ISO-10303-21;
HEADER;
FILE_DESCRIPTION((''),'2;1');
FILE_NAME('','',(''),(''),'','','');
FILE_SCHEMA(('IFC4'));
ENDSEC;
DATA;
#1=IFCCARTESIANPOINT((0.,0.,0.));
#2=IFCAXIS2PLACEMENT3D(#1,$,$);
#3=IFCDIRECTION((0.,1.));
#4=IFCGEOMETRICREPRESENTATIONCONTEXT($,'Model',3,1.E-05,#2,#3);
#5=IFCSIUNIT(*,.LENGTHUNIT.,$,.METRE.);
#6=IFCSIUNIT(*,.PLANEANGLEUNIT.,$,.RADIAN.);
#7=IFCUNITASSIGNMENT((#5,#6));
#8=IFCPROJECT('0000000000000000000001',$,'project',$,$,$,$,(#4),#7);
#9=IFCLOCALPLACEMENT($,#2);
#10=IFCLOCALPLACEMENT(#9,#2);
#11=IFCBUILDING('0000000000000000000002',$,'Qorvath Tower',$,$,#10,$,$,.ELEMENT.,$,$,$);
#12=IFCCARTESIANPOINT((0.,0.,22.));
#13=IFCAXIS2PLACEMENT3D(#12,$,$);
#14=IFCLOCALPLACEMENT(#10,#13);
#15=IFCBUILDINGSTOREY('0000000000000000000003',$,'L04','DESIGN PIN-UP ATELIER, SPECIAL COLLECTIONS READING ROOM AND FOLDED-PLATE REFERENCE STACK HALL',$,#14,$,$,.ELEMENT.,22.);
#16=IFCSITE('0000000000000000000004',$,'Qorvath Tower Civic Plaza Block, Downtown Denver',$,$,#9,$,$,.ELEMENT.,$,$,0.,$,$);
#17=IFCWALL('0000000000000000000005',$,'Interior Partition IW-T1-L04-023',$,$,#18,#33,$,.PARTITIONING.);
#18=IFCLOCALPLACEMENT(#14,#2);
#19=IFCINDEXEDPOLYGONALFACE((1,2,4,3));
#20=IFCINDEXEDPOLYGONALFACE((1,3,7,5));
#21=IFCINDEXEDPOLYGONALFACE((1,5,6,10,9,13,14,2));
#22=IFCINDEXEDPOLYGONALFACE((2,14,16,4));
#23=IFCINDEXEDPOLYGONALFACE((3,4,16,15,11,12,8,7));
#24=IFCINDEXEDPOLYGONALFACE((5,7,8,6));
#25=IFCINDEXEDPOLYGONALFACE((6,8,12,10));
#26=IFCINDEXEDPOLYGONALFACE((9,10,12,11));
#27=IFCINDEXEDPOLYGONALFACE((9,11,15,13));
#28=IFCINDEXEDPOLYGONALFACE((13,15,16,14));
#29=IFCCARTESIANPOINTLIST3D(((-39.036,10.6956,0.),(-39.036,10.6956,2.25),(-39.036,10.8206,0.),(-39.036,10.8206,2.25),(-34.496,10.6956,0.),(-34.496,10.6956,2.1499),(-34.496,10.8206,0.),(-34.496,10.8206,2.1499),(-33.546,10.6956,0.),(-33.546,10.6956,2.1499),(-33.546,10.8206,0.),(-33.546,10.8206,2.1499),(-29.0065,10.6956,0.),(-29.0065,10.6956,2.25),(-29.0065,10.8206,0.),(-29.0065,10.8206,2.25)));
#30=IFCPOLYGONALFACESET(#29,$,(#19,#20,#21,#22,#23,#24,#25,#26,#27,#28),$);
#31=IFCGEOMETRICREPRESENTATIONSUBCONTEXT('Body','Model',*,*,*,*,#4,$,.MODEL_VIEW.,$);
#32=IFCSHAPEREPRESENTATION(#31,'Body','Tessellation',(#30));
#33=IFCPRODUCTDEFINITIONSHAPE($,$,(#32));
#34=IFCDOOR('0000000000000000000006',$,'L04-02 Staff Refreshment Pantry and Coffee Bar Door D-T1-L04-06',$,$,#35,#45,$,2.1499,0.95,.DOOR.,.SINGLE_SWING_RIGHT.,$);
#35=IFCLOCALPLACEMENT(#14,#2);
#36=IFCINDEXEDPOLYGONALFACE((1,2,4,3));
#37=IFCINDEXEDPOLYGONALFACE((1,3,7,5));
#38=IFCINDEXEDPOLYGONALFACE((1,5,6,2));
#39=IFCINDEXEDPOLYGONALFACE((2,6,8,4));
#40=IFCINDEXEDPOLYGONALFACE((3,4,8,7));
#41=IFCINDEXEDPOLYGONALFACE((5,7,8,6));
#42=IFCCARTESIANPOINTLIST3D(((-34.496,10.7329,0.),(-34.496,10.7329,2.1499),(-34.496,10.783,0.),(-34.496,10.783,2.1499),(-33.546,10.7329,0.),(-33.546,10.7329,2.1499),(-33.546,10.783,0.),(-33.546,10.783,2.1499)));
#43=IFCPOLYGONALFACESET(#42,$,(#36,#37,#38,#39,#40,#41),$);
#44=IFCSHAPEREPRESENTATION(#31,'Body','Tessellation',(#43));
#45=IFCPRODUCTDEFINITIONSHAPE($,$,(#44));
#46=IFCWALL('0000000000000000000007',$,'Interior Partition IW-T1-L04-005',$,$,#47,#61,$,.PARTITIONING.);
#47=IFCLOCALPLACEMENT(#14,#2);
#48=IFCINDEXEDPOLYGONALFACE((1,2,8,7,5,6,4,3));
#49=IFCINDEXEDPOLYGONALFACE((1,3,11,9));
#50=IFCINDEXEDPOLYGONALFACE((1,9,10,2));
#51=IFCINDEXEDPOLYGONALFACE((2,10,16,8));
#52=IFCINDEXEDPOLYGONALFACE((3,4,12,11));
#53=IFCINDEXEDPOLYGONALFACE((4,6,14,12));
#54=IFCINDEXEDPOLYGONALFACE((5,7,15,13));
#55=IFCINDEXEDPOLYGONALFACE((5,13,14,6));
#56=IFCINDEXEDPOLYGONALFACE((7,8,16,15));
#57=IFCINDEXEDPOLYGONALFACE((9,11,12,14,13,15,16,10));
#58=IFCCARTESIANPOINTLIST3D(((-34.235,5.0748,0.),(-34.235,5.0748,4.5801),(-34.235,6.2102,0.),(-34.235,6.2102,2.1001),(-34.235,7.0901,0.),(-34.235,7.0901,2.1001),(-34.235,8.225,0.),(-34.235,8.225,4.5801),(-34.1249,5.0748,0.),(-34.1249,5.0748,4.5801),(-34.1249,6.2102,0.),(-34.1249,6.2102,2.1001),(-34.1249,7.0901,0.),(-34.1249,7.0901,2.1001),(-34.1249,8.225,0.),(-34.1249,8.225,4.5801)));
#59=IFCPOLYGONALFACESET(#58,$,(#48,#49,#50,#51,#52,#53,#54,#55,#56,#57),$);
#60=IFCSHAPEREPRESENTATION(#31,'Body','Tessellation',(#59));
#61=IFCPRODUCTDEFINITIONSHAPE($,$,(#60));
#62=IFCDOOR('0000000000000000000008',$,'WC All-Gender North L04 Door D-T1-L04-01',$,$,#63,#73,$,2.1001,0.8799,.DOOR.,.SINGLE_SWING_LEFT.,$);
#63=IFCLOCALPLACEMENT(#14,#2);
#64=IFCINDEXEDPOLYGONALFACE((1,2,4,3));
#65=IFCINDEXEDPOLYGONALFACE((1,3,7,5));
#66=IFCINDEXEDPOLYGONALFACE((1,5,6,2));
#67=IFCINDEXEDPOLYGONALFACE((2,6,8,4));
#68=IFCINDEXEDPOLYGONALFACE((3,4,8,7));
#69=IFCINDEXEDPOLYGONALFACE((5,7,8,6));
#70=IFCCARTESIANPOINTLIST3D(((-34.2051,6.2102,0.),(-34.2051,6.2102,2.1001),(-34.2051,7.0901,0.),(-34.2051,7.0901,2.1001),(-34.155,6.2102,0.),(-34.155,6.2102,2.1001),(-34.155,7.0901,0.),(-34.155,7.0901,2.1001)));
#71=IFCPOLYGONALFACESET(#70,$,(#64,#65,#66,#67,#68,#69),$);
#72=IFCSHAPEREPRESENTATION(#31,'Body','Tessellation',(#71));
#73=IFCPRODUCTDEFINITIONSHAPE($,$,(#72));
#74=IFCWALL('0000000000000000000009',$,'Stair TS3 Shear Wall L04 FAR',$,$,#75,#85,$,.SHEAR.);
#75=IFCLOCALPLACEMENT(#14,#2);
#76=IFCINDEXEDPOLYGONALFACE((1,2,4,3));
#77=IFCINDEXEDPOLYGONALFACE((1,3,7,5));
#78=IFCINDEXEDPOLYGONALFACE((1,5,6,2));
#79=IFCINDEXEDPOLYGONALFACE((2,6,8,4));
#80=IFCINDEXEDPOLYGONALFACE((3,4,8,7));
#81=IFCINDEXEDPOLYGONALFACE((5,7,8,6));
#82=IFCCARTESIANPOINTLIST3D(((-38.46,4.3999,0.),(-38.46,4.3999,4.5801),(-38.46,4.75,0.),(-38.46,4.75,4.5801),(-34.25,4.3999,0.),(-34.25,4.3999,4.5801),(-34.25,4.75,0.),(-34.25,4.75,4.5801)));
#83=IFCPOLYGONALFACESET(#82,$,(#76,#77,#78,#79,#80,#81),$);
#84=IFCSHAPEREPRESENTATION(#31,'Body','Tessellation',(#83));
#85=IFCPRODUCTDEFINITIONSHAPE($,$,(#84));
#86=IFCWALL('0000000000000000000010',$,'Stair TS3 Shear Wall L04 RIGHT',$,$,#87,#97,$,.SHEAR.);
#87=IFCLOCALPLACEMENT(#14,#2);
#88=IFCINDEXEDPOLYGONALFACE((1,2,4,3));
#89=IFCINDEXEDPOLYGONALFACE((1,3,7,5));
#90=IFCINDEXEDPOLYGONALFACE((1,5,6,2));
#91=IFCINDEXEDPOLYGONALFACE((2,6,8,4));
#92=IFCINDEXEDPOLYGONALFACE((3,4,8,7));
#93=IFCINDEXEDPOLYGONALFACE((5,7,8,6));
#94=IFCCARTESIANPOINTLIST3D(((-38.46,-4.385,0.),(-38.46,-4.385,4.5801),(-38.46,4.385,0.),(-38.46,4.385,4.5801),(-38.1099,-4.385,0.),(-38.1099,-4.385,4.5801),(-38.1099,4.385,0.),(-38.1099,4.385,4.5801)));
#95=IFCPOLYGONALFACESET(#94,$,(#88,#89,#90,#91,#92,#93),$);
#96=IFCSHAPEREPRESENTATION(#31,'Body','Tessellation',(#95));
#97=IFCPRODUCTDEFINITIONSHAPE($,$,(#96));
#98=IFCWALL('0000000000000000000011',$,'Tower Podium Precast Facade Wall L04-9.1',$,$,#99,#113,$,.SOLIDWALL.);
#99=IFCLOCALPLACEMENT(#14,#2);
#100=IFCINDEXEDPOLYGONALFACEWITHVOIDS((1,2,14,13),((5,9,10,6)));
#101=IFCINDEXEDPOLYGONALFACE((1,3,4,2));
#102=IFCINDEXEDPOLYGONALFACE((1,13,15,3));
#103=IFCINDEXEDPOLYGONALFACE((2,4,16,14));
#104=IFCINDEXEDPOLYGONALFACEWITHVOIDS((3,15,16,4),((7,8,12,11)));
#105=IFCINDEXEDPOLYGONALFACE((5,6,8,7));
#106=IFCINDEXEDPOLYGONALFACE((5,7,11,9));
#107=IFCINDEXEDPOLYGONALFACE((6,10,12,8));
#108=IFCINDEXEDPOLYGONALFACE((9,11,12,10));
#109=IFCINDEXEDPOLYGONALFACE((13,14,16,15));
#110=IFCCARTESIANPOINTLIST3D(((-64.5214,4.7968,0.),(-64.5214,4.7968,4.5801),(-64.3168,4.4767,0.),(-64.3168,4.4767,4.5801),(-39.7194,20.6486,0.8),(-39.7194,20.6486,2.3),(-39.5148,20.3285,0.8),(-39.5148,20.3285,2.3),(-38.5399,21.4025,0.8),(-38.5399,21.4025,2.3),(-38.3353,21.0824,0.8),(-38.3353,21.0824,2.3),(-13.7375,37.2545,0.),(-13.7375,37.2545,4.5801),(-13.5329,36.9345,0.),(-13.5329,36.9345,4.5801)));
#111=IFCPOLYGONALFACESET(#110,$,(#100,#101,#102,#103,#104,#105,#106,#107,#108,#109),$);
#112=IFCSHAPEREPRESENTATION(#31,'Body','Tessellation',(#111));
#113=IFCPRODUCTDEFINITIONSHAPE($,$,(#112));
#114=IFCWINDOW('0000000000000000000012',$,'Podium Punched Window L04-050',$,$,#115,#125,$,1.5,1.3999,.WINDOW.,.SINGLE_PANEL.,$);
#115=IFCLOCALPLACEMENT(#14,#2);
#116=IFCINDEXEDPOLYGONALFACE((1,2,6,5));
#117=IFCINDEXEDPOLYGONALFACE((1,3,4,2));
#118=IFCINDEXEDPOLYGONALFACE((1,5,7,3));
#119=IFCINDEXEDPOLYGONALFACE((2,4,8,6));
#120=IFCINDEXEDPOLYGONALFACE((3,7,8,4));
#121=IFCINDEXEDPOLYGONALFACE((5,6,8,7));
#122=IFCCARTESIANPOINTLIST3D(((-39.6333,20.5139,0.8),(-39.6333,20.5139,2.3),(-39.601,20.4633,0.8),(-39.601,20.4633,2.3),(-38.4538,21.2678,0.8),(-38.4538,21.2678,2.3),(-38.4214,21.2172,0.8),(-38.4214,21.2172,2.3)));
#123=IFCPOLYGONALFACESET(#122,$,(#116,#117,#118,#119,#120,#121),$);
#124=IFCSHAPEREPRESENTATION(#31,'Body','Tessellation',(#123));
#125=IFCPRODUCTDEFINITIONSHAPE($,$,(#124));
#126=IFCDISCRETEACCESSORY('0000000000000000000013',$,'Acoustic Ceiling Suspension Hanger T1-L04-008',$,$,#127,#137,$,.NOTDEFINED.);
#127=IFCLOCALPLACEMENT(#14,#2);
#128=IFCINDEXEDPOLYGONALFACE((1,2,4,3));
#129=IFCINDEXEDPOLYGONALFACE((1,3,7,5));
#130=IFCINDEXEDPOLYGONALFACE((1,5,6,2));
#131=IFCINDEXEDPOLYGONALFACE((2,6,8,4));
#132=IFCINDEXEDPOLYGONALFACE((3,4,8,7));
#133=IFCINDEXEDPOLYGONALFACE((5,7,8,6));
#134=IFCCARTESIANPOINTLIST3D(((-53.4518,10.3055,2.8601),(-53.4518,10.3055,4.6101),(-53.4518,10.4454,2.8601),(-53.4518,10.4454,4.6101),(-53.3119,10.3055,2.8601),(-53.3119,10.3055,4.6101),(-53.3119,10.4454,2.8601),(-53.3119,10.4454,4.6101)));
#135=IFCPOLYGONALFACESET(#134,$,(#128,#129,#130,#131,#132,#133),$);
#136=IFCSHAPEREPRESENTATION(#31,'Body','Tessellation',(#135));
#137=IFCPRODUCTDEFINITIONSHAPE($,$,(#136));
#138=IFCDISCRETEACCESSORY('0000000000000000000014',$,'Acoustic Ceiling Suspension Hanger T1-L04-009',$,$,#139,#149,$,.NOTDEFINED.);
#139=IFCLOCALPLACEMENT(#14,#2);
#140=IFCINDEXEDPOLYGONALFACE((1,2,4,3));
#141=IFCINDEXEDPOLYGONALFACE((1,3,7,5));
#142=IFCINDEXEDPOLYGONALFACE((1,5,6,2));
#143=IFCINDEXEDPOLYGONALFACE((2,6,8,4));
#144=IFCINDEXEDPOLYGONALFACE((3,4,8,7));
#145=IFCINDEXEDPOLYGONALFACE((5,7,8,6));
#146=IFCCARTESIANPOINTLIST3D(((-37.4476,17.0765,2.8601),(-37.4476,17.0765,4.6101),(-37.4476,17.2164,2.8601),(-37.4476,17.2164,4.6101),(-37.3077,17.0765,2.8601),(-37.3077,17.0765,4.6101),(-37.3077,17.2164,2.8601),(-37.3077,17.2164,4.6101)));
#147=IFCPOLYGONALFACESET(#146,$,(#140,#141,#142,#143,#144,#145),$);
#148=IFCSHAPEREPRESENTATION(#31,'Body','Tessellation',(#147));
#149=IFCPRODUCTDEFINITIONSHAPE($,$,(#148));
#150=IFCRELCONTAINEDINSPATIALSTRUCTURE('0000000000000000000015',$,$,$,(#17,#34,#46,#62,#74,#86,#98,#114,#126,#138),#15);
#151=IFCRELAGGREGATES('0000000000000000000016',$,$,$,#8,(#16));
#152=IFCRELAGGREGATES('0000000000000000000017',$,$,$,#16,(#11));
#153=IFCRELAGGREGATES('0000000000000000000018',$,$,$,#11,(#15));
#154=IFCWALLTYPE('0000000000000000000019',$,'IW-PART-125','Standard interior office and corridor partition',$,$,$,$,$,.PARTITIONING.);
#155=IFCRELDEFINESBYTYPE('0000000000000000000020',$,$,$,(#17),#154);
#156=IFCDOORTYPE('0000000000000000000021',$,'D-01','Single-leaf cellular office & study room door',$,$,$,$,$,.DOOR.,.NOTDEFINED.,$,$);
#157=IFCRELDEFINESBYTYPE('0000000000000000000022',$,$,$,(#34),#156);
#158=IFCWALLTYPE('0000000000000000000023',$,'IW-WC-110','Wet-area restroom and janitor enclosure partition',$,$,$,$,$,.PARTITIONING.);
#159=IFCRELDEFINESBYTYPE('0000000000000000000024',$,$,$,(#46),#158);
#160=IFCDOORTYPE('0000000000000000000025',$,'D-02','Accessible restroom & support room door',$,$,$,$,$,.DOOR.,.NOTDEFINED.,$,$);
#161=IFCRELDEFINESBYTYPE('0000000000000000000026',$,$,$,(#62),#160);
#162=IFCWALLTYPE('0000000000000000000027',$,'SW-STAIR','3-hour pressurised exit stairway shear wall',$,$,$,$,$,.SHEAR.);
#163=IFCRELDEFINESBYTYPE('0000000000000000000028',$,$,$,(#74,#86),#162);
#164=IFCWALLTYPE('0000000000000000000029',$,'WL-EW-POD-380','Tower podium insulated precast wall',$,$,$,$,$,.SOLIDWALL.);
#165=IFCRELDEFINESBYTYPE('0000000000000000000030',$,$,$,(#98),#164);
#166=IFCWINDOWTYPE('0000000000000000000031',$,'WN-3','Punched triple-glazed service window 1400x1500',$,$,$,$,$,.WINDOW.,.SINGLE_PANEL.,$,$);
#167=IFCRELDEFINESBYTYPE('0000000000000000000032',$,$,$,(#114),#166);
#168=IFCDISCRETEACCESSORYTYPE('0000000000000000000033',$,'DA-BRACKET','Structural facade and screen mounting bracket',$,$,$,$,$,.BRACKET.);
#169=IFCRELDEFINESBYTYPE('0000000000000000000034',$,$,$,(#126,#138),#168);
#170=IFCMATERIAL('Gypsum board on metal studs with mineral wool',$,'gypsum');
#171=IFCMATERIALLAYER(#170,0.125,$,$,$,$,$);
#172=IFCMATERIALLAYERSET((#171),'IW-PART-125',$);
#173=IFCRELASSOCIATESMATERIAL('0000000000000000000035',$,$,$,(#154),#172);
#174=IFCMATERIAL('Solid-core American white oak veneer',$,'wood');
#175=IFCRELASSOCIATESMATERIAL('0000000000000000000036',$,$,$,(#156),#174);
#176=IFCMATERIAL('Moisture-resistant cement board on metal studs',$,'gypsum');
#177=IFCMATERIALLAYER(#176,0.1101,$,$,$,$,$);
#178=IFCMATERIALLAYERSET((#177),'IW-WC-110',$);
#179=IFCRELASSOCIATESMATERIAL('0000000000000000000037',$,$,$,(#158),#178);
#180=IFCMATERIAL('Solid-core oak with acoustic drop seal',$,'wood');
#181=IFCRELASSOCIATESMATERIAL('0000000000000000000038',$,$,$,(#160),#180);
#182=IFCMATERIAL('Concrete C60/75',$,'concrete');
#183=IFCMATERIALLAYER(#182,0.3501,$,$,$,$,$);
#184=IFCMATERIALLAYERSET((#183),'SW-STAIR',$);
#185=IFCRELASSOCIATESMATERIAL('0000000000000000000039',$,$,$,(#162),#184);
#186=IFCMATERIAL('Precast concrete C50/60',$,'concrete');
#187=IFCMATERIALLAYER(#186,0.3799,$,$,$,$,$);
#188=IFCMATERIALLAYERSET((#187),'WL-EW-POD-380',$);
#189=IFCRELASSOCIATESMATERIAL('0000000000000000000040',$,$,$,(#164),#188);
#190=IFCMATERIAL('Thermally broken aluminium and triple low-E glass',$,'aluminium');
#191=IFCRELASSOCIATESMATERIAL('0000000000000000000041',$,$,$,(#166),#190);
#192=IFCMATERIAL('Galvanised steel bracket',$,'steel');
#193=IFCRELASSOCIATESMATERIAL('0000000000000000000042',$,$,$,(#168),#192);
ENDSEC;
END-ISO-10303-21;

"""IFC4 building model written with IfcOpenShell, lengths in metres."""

from ifc_helpers import new_model, si_unit, direction, frame, frame_2d, origin, origin_2d, place, context, subcontext, project, spatial, rectangle, extrude, material, layer, layer_set, type_object, element, fill, save


model = new_model("IFC4")

# Units and contexts
model_context = context("Model", 3, precision=1e-05, world=origin(), true_north=direction((0.0, 1.0)))
body_context = subcontext(model_context, "Body", "Model", "MODEL_VIEW")
ifc_project = project(units=[si_unit("LENGTHUNIT", "METRE"), si_unit("PLANEANGLEUNIT", "RADIAN")], contexts=[model_context])

# Site, building, storey
site_placement = place(None, origin())
site = spatial("IfcSite", under=ifc_project, at=site_placement, Name="Qorvath Tower Civic Plaza Block, Downtown Denver", CompositionType="ELEMENT", RefElevation=0.0)
building_placement = place(site_placement, origin())
building = spatial("IfcBuilding", under=site, at=building_placement, Name="Qorvath Tower", CompositionType="ELEMENT")
storey_placement = place(building_placement, frame((0.0, 0.0, 22.0)))
storey = spatial("IfcBuildingStorey", under=building, at=storey_placement, Name="L04", Description="DESIGN PIN-UP ATELIER, SPECIAL COLLECTIONS READING ROOM AND FOLDED-PLATE REFERENCE STACK HALL", CompositionType="ELEMENT", Elevation=22.0)

# Shared definitions
ifc_material_1 = material(Name="Gypsum board on metal studs with mineral wool", Category="gypsum")
ifc_layer_1 = layer(ifc_material_1, 0.125)
ifc_layer_set_1 = layer_set([ifc_layer_1], Name="IW-PART-125")
wall_type_1 = type_object("IfcWallType", Name="IW-PART-125", Description="Standard interior office and corridor partition", PredefinedType="PARTITIONING", material=ifc_layer_set_1)
ifc_material_2 = material(Name="Solid-core American white oak veneer", Category="wood")
door_type_1 = type_object("IfcDoorType", Name="D-01", Description="Single-leaf cellular office & study room door", OperationType="NOTDEFINED", PredefinedType="DOOR", material=ifc_material_2)

# Walls, openings, doors
wall_1_placement = place(storey_placement, frame((-39.0359, 10.7581, 0.0), z_axis=(0.0, 0.0, 1.0), x_axis=(1.0, 0.0, 0.0)))
wall_1 = element("IfcWall", 1, at=wall_1_placement, inside=storey, type_object=wall_type_1, Name="Interior Partition IW-T1-L04-023", PredefinedType="PARTITIONING", context=body_context, shape_type="SweptSolid", body=[
    extrude(rectangle(XDim=10.0295, YDim=0.125, at=frame_2d((5.0146, 0.0))), origin(), (0.0, 0.0, 1.0), 2.25),
])
opening_1_placement = place(wall_1_placement, frame((4.5398, 0.0, 0.0)))
opening_1 = element("IfcOpeningElement", 2, at=opening_1_placement, cuts=wall_1, PredefinedType="OPENING", context=body_context, shape_type="SweptSolid", body=[
    extrude(rectangle(XDim=0.95, YDim=2.1499, at=frame_2d((0.4751, 1.075))), frame((0.0, 0.0725, 0.0), z_axis=(0.0, -1.0, 0.0), x_axis=(1.0, 0.0, 0.0)), (0.0, 0.0, 1.0), 0.145),
])
door_1_placement = place(opening_1_placement, origin())
door_1 = element("IfcDoor", 3, at=door_1_placement, inside=storey, type_object=door_type_1, Name="L04-02 Staff Refreshment Pantry and Coffee Bar Door D-T1-L04-06", OperationType="SINGLE_SWING_RIGHT", OverallHeight=2.1499, OverallWidth=0.95, PredefinedType="DOOR", context=body_context, shape_type="SweptSolid", body=[
    extrude(rectangle(XDim=0.95, YDim=2.1499, at=frame_2d((0.4751, 1.075))), frame((0.0, 0.0249, 0.0), z_axis=(0.0, -1.0, 0.0), x_axis=(1.0, 0.0, 0.0)), (0.0, 0.0, 1.0), 0.05),
])
fill(opening_1, door_1)
ifc_material_3 = material(Name="Moisture-resistant cement board on metal studs", Category="gypsum")
ifc_layer_2 = layer(ifc_material_3, 0.1101)
ifc_layer_set_2 = layer_set([ifc_layer_2], Name="IW-WC-110")
wall_type_2 = type_object("IfcWallType", Name="IW-WC-110", Description="Wet-area restroom and janitor enclosure partition", PredefinedType="PARTITIONING", material=ifc_layer_set_2)
wall_2_placement = place(storey_placement, frame((-34.1799, 8.2251, 0.0), z_axis=(0.0, 0.0, 1.0), x_axis=(0.0, -1.0, 0.0)))
wall_2 = element("IfcWall", 4, at=wall_2_placement, inside=storey, type_object=wall_type_2, Name="Interior Partition IW-T1-L04-005", PredefinedType="PARTITIONING", context=body_context, shape_type="SweptSolid", body=[
    extrude(rectangle(XDim=3.1501, YDim=0.1101, at=frame_2d((1.5752, 0.0))), origin(), (0.0, 0.0, 1.0), 4.5801),
])
opening_2_placement = place(wall_2_placement, frame((1.135, 0.0, 0.0)))
opening_2 = element("IfcOpeningElement", 5, at=opening_2_placement, cuts=wall_2, PredefinedType="OPENING", context=body_context, shape_type="SweptSolid", body=[
    extrude(rectangle(XDim=0.8799, YDim=2.1001, at=frame_2d((0.4399, 1.05))), frame((0.0, 0.0649, 0.0), z_axis=(0.0, -1.0, 0.0), x_axis=(1.0, 0.0, 0.0)), (0.0, 0.0, 1.0), 0.1301),
])
ifc_material_4 = material(Name="Solid-core oak with acoustic drop seal", Category="wood")
door_type_2 = type_object("IfcDoorType", Name="D-02", Description="Accessible restroom & support room door", OperationType="NOTDEFINED", PredefinedType="DOOR", material=ifc_material_4)
door_2_placement = place(opening_2_placement, origin())
door_2 = element("IfcDoor", 6, at=door_2_placement, inside=storey, type_object=door_type_2, Name="WC All-Gender North L04 Door D-T1-L04-01", OperationType="SINGLE_SWING_LEFT", OverallHeight=2.1001, OverallWidth=0.8799, PredefinedType="DOOR", context=body_context, shape_type="SweptSolid", body=[
    extrude(rectangle(XDim=0.8799, YDim=2.1001, at=frame_2d((0.4399, 1.05))), frame((0.0, 0.0249, 0.0), z_axis=(0.0, -1.0, 0.0), x_axis=(1.0, 0.0, 0.0)), (0.0, 0.0, 1.0), 0.05),
])
fill(opening_2, door_2)

# Walls
ifc_material_5 = material(Name="Concrete C60/75", Category="concrete")
ifc_layer_3 = layer(ifc_material_5, 0.3501)
ifc_layer_set_3 = layer_set([ifc_layer_3], Name="SW-STAIR")
wall_type_3 = type_object("IfcWallType", Name="SW-STAIR", Description="3-hour pressurised exit stairway shear wall", PredefinedType="SHEAR", material=ifc_layer_set_3)
wall_3_placement = place(storey_placement, frame((-34.25, 4.575, 0.0), z_axis=(0.0, 0.0, 1.0), x_axis=(-1.0, 0.0, 0.0)))
element("IfcWall", 7, at=wall_3_placement, inside=storey, type_object=wall_type_3, Name="Stair TS3 Shear Wall L04 FAR", PredefinedType="SHEAR", context=body_context, shape_type="SweptSolid", body=[
    extrude(rectangle(XDim=4.21, YDim=0.3501, at=frame_2d((2.105, 0.0))), origin(), (0.0, 0.0, 1.0), 4.5801),
])
wall_4_placement = place(storey_placement, frame((-38.2849, 4.385, 0.0), z_axis=(0.0, 0.0, 1.0), x_axis=(0.0, -1.0, 0.0)))
element("IfcWall", 8, at=wall_4_placement, inside=storey, type_object=wall_type_3, Name="Stair TS3 Shear Wall L04 RIGHT", PredefinedType="SHEAR", context=body_context, shape_type="SweptSolid", body=[
    extrude(rectangle(XDim=8.77, YDim=0.3501, at=frame_2d((4.385, 0.0))), origin(), (0.0, 0.0, 1.0), 4.5801),
])

# Wall, opening, window
ifc_material_6 = material(Name="Precast concrete C50/60", Category="concrete")
ifc_layer_4 = layer(ifc_material_6, 0.3799)
ifc_layer_set_4 = layer_set([ifc_layer_4], Name="WL-EW-POD-380")
wall_type_4 = type_object("IfcWallType", Name="WL-EW-POD-380", Description="Tower podium insulated precast wall", PredefinedType="SOLIDWALL", material=ifc_layer_set_4)
wall_5_placement = place(storey_placement, frame((-64.4192, 4.6367, 0.0), z_axis=(0.0, 0.0, 1.0), x_axis=(0.842602, 0.538536, 0.0)))
wall_5 = element("IfcWall", 9, at=wall_5_placement, inside=storey, type_object=wall_type_4, Name="Tower Podium Precast Facade Wall L04-9.1", PredefinedType="SOLIDWALL", context=body_context, shape_type="SweptSolid", body=[
    extrude(rectangle(XDim=60.2703, YDim=0.3799, at=frame_2d((30.1353, 0.0))), origin(), (0.0, 0.0, 1.0), 4.5801),
])
opening_3_placement = place(wall_5_placement, frame((29.4351, 0.0, 0.8)))
opening_3 = element("IfcOpeningElement", 10, at=opening_3_placement, cuts=wall_5, PredefinedType="OPENING", context=body_context, shape_type="SweptSolid", body=[
    extrude(rectangle(XDim=1.3999, YDim=1.5, at=frame_2d((0.7, 0.75))), frame((0.0, 0.2, 0.0), z_axis=(0.0, -1.0, 0.0), x_axis=(1.0, 0.0, 0.0)), (0.0, 0.0, 1.0), 0.3999),
])
ifc_material_7 = material(Name="Thermally broken aluminium and triple low-E glass", Category="aluminium")
window_type = type_object("IfcWindowType", Name="WN-3", Description="Punched triple-glazed service window 1400x1500", PartitioningType="SINGLE_PANEL", PredefinedType="WINDOW", material=ifc_material_7)
window_placement = place(opening_3_placement, origin())
window = element("IfcWindow", 11, at=window_placement, inside=storey, type_object=window_type, Name="Podium Punched Window L04-050", OverallHeight=1.5, OverallWidth=1.3999, PartitioningType="SINGLE_PANEL", PredefinedType="WINDOW", context=body_context, shape_type="SweptSolid", body=[
    extrude(rectangle(XDim=1.3999, YDim=1.5, at=frame_2d((0.7, 0.75))), frame((0.0, 0.03, 0.0), z_axis=(0.0, -1.0, 0.0), x_axis=(1.0, 0.0, 0.0)), (0.0, 0.0, 1.0), 0.0601),
])
fill(opening_3, window)

# Discrete accessories
ifc_material_8 = material(Name="Galvanised steel bracket", Category="steel")
discrete_accessory_type = type_object("IfcDiscreteAccessoryType", Name="DA-BRACKET", Description="Structural facade and screen mounting bracket", PredefinedType="BRACKET", material=ifc_material_8)
for number, where, z_axis, x_axis, name in (
    (12, (-53.3818, 10.3755, 2.8601), (0.0, 0.0, 1.0), (1.0, 0.0, 0.0), "Acoustic Ceiling Suspension Hanger T1-L04-008"),
    (13, (-37.3777, 17.1465, 2.8601), (0.0, 0.0, 1.0), (1.0, 0.0, 0.0), "Acoustic Ceiling Suspension Hanger T1-L04-009"),
):
    element("IfcDiscreteAccessory", number, at=place(storey_placement, frame(where, z_axis=z_axis, x_axis=x_axis)), inside=storey, type_object=discrete_accessory_type, Name=name, PredefinedType="NOTDEFINED", context=body_context, shape_type="SweptSolid", body=[
        extrude(rectangle(XDim=0.1399, YDim=0.1399, at=origin_2d()), origin(), (0.0, 0.0, 1.0), 1.75),
    ])

save(model, "model.ifc")
